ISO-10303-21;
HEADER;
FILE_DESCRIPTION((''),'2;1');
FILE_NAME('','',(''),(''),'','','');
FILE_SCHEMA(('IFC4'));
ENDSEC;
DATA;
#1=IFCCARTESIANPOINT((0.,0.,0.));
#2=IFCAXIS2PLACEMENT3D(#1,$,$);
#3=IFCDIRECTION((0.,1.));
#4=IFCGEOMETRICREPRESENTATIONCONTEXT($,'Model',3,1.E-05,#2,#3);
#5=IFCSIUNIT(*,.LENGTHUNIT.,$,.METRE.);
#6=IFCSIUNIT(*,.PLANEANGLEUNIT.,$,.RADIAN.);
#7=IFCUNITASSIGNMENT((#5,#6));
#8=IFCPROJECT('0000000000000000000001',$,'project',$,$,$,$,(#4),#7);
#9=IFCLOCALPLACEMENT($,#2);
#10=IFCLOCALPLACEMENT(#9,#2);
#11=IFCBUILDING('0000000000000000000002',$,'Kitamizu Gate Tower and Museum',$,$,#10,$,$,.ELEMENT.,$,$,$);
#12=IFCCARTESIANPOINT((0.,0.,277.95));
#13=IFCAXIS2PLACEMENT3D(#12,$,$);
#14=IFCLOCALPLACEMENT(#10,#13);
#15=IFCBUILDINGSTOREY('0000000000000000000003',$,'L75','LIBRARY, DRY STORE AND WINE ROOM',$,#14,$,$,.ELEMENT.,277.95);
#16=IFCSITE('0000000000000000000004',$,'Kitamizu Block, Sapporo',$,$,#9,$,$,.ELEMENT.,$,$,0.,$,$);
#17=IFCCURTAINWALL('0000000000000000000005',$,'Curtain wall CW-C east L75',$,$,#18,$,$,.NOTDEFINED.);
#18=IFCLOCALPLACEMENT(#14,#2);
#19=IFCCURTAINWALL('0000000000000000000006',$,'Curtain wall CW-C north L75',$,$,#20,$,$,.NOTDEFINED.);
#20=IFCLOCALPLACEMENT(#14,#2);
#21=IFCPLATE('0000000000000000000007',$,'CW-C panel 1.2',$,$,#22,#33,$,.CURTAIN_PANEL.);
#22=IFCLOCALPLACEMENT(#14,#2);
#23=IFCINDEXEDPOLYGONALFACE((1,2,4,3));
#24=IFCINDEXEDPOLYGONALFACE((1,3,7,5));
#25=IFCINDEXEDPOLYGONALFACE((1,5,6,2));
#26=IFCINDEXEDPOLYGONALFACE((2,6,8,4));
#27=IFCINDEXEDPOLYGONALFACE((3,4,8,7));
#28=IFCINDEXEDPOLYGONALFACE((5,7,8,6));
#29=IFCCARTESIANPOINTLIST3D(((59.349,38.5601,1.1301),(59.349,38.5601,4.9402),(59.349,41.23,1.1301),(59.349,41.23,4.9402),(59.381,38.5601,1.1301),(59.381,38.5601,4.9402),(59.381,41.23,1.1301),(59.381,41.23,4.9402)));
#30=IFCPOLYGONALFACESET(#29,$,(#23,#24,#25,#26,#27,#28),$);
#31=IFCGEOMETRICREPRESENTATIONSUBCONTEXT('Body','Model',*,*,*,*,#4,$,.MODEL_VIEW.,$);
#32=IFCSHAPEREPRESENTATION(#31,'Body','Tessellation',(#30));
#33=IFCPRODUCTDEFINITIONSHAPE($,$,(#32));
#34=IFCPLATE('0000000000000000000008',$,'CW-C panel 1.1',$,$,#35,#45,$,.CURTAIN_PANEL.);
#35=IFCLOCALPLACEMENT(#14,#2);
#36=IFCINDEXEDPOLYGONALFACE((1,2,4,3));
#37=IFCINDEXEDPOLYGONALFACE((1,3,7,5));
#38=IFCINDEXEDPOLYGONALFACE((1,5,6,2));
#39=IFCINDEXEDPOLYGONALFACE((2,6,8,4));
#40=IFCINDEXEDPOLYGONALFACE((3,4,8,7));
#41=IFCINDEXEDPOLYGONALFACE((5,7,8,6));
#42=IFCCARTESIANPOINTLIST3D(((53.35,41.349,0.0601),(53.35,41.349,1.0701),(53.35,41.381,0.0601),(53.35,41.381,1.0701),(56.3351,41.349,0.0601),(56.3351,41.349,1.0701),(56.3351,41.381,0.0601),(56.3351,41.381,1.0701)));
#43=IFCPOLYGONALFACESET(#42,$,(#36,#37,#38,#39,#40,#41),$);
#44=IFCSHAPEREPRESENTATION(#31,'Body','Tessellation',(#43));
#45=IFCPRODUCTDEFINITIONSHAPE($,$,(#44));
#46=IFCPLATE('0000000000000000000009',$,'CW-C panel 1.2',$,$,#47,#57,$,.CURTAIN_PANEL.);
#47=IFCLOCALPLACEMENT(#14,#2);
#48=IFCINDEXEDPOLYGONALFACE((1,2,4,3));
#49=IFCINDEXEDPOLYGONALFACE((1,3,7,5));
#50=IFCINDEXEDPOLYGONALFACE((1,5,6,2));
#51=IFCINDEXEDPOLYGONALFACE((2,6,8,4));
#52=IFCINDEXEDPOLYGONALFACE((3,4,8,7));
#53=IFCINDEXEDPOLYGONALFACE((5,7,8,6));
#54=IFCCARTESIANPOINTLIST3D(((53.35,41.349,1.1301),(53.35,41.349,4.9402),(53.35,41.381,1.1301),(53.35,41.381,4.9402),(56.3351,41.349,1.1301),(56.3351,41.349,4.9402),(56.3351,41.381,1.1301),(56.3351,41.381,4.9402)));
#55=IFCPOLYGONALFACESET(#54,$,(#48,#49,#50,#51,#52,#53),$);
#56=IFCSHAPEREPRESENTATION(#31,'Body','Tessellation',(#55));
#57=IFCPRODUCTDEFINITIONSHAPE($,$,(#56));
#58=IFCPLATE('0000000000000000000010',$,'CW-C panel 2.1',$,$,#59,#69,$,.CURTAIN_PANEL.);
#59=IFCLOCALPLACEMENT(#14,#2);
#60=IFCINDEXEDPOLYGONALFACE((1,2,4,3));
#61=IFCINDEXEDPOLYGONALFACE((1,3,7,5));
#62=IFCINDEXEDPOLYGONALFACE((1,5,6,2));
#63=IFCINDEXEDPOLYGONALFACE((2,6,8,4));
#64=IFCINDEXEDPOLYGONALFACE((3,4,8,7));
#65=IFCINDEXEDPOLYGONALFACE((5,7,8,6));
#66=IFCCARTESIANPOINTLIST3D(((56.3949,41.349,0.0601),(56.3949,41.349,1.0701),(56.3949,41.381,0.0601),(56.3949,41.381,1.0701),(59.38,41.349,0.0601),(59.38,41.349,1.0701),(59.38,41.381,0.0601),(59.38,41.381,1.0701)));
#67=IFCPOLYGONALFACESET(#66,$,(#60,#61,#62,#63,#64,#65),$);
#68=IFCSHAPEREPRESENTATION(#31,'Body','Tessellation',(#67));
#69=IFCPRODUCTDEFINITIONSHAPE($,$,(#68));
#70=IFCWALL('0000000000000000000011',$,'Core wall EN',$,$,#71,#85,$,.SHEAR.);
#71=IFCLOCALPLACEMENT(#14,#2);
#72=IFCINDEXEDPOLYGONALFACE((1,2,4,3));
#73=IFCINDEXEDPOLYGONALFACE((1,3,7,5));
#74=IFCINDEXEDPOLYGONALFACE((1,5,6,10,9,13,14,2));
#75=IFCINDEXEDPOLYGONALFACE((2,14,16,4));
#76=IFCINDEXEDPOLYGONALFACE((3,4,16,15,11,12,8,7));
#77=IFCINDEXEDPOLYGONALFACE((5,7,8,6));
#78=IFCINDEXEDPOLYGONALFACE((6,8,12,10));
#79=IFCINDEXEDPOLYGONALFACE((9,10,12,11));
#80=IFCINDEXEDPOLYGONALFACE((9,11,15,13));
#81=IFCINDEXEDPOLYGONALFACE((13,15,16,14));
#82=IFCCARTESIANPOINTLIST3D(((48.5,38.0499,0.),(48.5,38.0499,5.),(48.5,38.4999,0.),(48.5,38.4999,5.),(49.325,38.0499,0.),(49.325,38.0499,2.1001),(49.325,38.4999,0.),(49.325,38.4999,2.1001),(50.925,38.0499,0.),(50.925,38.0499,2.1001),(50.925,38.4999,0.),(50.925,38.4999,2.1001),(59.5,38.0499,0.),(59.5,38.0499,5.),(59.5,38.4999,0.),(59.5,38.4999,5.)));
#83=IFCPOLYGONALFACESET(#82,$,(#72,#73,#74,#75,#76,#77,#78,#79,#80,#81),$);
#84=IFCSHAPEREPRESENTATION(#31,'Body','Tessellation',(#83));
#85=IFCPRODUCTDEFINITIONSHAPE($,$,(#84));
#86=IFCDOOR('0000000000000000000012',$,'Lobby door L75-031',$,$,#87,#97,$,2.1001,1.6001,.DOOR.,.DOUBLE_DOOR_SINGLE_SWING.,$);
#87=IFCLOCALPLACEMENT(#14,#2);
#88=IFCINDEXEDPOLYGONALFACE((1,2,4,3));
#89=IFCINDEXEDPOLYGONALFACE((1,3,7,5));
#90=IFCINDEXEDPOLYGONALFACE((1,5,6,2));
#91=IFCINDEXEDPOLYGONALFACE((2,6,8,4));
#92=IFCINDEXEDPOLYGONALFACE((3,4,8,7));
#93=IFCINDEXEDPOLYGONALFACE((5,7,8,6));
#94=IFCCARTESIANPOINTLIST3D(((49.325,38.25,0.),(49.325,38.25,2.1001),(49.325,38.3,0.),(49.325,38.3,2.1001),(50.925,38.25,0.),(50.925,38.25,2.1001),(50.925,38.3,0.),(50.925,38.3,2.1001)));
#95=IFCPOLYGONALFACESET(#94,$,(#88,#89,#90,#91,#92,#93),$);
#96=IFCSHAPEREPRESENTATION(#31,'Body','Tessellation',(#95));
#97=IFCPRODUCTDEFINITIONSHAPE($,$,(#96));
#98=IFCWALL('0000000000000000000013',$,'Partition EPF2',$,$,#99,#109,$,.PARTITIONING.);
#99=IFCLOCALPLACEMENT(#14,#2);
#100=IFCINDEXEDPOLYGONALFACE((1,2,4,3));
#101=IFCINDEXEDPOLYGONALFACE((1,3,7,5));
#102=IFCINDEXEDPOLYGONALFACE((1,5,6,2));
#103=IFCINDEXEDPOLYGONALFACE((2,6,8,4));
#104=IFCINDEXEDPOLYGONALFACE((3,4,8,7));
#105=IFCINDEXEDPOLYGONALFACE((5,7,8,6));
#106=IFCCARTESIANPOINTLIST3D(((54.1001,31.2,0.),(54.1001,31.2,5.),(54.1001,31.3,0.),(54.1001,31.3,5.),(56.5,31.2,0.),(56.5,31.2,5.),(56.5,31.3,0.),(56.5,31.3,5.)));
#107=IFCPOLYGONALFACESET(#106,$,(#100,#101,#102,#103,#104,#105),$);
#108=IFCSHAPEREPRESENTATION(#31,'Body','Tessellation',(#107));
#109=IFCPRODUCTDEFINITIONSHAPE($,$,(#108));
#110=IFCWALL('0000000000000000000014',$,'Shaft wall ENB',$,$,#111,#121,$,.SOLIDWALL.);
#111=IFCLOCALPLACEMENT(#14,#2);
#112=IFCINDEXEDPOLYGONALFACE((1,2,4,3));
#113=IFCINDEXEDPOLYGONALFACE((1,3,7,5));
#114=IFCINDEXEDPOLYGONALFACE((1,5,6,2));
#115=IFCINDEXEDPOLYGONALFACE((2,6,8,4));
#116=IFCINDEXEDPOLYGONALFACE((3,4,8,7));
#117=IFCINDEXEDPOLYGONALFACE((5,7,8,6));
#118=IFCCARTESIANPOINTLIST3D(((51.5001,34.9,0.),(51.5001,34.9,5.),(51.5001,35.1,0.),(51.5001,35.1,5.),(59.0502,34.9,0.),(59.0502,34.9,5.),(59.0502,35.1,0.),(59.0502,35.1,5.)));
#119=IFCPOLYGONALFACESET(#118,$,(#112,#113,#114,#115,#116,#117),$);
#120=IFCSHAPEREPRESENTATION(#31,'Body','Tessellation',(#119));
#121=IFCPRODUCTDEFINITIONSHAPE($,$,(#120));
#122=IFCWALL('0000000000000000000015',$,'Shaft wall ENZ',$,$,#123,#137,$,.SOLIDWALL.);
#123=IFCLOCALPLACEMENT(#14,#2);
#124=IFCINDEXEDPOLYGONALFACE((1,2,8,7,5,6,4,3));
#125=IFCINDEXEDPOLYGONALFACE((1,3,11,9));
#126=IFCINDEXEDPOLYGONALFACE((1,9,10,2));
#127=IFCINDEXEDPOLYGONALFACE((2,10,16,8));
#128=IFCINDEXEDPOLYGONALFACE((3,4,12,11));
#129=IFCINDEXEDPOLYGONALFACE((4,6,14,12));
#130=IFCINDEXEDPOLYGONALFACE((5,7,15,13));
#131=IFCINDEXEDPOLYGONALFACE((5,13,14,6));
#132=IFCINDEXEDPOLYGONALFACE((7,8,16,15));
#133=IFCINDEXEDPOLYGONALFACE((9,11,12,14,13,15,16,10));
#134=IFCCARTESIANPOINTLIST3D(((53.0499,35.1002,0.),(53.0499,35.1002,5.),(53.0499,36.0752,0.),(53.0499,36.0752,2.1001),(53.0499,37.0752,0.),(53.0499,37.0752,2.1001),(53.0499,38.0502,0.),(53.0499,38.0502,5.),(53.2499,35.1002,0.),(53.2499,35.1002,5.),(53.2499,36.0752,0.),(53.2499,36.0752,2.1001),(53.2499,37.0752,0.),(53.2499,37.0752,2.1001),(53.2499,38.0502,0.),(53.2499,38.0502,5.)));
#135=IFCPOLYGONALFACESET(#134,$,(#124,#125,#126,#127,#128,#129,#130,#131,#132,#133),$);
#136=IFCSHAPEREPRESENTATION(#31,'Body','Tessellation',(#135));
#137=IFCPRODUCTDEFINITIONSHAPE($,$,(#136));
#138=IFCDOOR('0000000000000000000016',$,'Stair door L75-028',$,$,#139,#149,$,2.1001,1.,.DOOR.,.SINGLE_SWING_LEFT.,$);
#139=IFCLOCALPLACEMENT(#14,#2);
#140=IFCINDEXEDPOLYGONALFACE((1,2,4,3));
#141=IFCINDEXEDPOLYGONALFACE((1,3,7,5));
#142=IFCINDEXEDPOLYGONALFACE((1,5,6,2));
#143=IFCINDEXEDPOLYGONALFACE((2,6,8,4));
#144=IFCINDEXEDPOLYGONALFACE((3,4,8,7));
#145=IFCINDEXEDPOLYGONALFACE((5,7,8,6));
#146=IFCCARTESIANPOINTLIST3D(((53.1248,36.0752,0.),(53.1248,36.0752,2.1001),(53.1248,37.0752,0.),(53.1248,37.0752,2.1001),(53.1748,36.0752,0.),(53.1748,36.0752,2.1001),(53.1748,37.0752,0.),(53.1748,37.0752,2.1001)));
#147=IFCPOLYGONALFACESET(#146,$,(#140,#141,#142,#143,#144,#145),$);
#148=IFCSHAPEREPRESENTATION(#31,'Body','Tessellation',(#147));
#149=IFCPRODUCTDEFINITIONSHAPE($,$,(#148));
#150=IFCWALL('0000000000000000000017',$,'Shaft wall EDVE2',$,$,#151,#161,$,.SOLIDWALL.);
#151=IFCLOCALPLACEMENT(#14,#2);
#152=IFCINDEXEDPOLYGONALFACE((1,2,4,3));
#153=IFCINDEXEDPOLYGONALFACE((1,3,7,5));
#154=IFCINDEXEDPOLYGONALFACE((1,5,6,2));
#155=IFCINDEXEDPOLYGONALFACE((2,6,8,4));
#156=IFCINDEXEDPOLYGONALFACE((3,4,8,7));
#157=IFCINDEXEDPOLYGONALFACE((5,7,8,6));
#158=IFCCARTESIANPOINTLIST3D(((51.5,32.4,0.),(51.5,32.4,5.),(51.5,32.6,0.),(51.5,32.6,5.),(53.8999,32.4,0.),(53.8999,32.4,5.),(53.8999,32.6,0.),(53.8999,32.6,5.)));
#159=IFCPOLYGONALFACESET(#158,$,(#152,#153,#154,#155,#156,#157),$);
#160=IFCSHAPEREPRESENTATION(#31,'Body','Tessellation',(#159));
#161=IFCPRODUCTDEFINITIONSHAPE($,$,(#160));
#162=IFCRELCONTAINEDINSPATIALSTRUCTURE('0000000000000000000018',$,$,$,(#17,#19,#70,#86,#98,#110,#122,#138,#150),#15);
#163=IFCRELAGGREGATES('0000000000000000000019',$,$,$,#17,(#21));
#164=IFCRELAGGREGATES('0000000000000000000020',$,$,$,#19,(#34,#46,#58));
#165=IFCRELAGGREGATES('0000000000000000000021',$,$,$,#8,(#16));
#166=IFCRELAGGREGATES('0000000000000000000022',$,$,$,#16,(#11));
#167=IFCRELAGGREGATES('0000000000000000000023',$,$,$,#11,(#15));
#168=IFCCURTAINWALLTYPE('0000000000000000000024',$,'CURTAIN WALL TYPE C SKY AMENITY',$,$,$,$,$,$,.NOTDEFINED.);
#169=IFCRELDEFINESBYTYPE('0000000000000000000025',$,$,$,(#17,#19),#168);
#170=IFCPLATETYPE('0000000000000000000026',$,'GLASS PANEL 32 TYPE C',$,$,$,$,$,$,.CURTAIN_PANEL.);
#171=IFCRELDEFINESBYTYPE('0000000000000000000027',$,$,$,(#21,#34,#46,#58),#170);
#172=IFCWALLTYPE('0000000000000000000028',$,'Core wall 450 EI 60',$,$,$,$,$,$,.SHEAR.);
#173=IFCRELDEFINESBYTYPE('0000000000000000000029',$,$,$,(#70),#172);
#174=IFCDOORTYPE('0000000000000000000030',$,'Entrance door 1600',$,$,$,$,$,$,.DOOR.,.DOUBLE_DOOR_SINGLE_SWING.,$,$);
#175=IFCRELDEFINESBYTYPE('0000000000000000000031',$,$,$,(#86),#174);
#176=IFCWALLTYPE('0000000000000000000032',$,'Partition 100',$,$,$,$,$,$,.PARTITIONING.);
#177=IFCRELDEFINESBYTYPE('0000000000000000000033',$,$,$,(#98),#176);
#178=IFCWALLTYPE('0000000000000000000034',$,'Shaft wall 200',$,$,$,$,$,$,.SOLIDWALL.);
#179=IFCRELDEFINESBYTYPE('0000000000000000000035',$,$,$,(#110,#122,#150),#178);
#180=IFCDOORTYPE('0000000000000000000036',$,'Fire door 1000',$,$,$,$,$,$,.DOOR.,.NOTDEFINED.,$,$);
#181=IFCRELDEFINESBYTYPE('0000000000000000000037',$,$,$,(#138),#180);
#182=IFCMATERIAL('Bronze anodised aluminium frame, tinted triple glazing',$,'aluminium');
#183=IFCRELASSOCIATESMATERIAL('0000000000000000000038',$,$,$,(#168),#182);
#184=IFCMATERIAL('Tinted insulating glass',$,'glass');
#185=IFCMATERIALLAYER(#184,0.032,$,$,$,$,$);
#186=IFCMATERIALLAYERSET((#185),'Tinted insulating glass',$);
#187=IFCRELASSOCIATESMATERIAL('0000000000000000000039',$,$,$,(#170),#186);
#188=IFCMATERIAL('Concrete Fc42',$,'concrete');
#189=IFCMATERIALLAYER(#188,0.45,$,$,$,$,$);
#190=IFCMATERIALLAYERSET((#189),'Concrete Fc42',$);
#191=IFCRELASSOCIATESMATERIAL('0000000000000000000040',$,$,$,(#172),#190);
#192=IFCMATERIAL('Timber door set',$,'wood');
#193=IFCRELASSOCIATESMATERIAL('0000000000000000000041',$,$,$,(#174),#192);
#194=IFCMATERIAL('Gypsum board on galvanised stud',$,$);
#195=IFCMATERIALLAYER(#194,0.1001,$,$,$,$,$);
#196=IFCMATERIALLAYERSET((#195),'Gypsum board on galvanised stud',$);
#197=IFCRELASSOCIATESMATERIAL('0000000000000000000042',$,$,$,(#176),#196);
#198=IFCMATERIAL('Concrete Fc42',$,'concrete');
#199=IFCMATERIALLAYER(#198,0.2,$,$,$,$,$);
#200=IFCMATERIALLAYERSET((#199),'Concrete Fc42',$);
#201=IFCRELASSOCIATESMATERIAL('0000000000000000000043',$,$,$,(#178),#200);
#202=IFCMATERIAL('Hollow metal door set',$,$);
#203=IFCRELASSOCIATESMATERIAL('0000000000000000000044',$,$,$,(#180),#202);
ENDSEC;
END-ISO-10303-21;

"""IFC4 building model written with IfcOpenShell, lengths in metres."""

from ifc_helpers import new_model, si_unit, direction, frame, frame_2d, origin, origin_2d, place, context, subcontext, project, spatial, rectangle, extrude, material, layer, layer_set, type_object, element, fill, aggregate, save


model = new_model("IFC4")

# Units and contexts
model_context = context("Model", 3, precision=1e-05, world=origin(), true_north=direction((0.0, 1.0)))
body_context = subcontext(model_context, "Body", "Model", "MODEL_VIEW")
ifc_project = project(units=[si_unit("LENGTHUNIT", "METRE"), si_unit("PLANEANGLEUNIT", "RADIAN")], contexts=[model_context])

# Site, building, storey
site_placement = place(None, origin())
site = spatial("IfcSite", under=ifc_project, at=site_placement, Name="Kitamizu Block, Sapporo", CompositionType="ELEMENT", RefElevation=0.0)
building_placement = place(site_placement, origin())
building = spatial("IfcBuilding", under=site, at=building_placement, Name="Kitamizu Gate Tower and Museum", CompositionType="ELEMENT")
storey_placement = place(building_placement, frame((0.0, 0.0, 277.95)))
storey = spatial("IfcBuildingStorey", under=building, at=storey_placement, Name="L75", Description="LIBRARY, DRY STORE AND WINE ROOM", CompositionType="ELEMENT", Elevation=277.95)

# Curtain walls
ifc_material_1 = material(Name="Bronze anodised aluminium frame, tinted triple glazing", Category="aluminium")
curtain_wall_type = type_object("IfcCurtainWallType", Name="CURTAIN WALL TYPE C SKY AMENITY", PredefinedType="NOTDEFINED", material=ifc_material_1)
curtain_wall_1_placement = place(storey_placement, origin())
curtain_wall_1 = element("IfcCurtainWall", 1, at=curtain_wall_1_placement, inside=storey, type_object=curtain_wall_type, Name="Curtain wall CW-C east L75", PredefinedType="NOTDEFINED")
curtain_wall_2_placement = place(storey_placement, origin())
curtain_wall_2 = element("IfcCurtainWall", 2, at=curtain_wall_2_placement, inside=storey, type_object=curtain_wall_type, Name="Curtain wall CW-C north L75", PredefinedType="NOTDEFINED")

# Plates
ifc_material_2 = material(Name="Tinted insulating glass", Category="glass")
ifc_layer_1 = layer(ifc_material_2, 0.032)
ifc_layer_set_1 = layer_set([ifc_layer_1], Name="Tinted insulating glass")
plate_type = type_object("IfcPlateType", Name="GLASS PANEL 32 TYPE C", PredefinedType="CURTAIN_PANEL", material=ifc_layer_set_1)
plate_1_placement = place(storey_placement, frame((59.365, 39.895, 1.1301), z_axis=(0.0, 0.0, 1.0), x_axis=(0.0, 1.0, 0.0)))
plate_1 = element("IfcPlate", 3, at=plate_1_placement, type_object=plate_type, Name="CW-C panel 1.2", PredefinedType="CURTAIN_PANEL", context=body_context, shape_type="SweptSolid", body=[
    extrude(rectangle(XDim=2.6699, YDim=0.032, at=origin_2d()), origin(), (0.0, 0.0, 1.0), 3.8101),
])
aggregate(curtain_wall_1, [plate_1])
plate_2_placement = place(storey_placement, frame((54.8425, 41.365, 0.0601), z_axis=(0.0, 0.0, 1.0), x_axis=(1.0, 0.0, 0.0)))
plate_2 = element("IfcPlate", 4, at=plate_2_placement, type_object=plate_type, Name="CW-C panel 1.1", PredefinedType="CURTAIN_PANEL", context=body_context, shape_type="SweptSolid", body=[
    extrude(rectangle(XDim=2.9851, YDim=0.032, at=origin_2d()), origin(), (0.0, 0.0, 1.0), 1.01),
])
plate_3_placement = place(storey_placement, frame((54.8425, 41.365, 1.1301), z_axis=(0.0, 0.0, 1.0), x_axis=(1.0, 0.0, 0.0)))
plate_3 = element("IfcPlate", 5, at=plate_3_placement, type_object=plate_type, Name="CW-C panel 1.2", PredefinedType="CURTAIN_PANEL", context=body_context, shape_type="SweptSolid", body=[
    extrude(rectangle(XDim=2.9851, YDim=0.032, at=origin_2d()), origin(), (0.0, 0.0, 1.0), 3.8101),
])
plate_4_placement = place(storey_placement, frame((57.8875, 41.365, 0.0601), z_axis=(0.0, 0.0, 1.0), x_axis=(1.0, 0.0, 0.0)))
plate_4 = element("IfcPlate", 6, at=plate_4_placement, type_object=plate_type, Name="CW-C panel 2.1", PredefinedType="CURTAIN_PANEL", context=body_context, shape_type="SweptSolid", body=[
    extrude(rectangle(XDim=2.9851, YDim=0.032, at=origin_2d()), origin(), (0.0, 0.0, 1.0), 1.01),
])
aggregate(curtain_wall_2, [plate_2, plate_3, plate_4])

# Wall, opening, door
ifc_material_3 = material(Name="Concrete Fc42", Category="concrete")
ifc_layer_2 = layer(ifc_material_3, 0.45)
ifc_layer_set_2 = layer_set([ifc_layer_2], Name="Concrete Fc42")
wall_type_1 = type_object("IfcWallType", Name="Core wall 450 EI 60", PredefinedType="SHEAR", material=ifc_layer_set_2)
wall_1_placement = place(storey_placement, frame((59.5, 38.2749, 0.0), z_axis=(0.0, 0.0, 1.0), x_axis=(-1.0, 0.0, 0.0)))
wall_1 = element("IfcWall", 7, at=wall_1_placement, inside=storey, type_object=wall_type_1, Name="Core wall EN", PredefinedType="SHEAR", context=body_context, shape_type="SweptSolid", body=[
    extrude(rectangle(XDim=11.0, YDim=0.45, at=frame_2d((5.5, 0.0))), origin(), (0.0, 0.0, 1.0), 5.0),
])
opening_1_placement = place(wall_1_placement, frame((8.575, 0.0, 0.0)))
opening_1 = element("IfcOpeningElement", 8, at=opening_1_placement, cuts=wall_1, PredefinedType="OPENING", context=body_context, shape_type="SweptSolid", body=[
    extrude(rectangle(XDim=1.6001, YDim=2.1001, at=frame_2d((0.8, 1.05))), frame((0.0, 0.2349, 0.0), z_axis=(0.0, -1.0, 0.0), x_axis=(1.0, 0.0, 0.0)), (0.0, 0.0, 1.0), 0.47),
])
ifc_material_4 = material(Name="Timber door set", Category="wood")
door_type_1 = type_object("IfcDoorType", Name="Entrance door 1600", OperationType="DOUBLE_DOOR_SINGLE_SWING", PredefinedType="DOOR", material=ifc_material_4)
door_1_placement = place(opening_1_placement, origin())
door_1 = element("IfcDoor", 9, at=door_1_placement, inside=storey, type_object=door_type_1, Name="Lobby door L75-031", OperationType="DOUBLE_DOOR_SINGLE_SWING", OverallHeight=2.1001, OverallWidth=1.6001, PredefinedType="DOOR", context=body_context, shape_type="SweptSolid", body=[
    extrude(rectangle(XDim=1.6001, YDim=2.1001, at=frame_2d((0.8, 1.05))), frame((0.0, 0.0249, 0.0), z_axis=(0.0, -1.0, 0.0), x_axis=(1.0, 0.0, 0.0)), (0.0, 0.0, 1.0), 0.05),
])
fill(opening_1, door_1)

# Walls
ifc_material_5 = material(Name="Gypsum board on galvanised stud")
ifc_layer_3 = layer(ifc_material_5, 0.1001)
ifc_layer_set_3 = layer_set([ifc_layer_3], Name="Gypsum board on galvanised stud")
wall_type_2 = type_object("IfcWallType", Name="Partition 100", PredefinedType="PARTITIONING", material=ifc_layer_set_3)
wall_2_placement = place(storey_placement, frame((56.5, 31.25, 0.0), z_axis=(0.0, 0.0, 1.0), x_axis=(-1.0, 0.0, 0.0)))
element("IfcWall", 10, at=wall_2_placement, inside=storey, type_object=wall_type_2, Name="Partition EPF2", PredefinedType="PARTITIONING", context=body_context, shape_type="SweptSolid", body=[
    extrude(rectangle(XDim=2.3999, YDim=0.1001, at=frame_2d((1.2, 0.0))), origin(), (0.0, 0.0, 1.0), 5.0),
])
ifc_material_6 = material(Name="Concrete Fc42", Category="concrete")
ifc_layer_4 = layer(ifc_material_6, 0.2)
ifc_layer_set_4 = layer_set([ifc_layer_4], Name="Concrete Fc42")
wall_type_3 = type_object("IfcWallType", Name="Shaft wall 200", PredefinedType="SOLIDWALL", material=ifc_layer_set_4)
wall_3_placement = place(storey_placement, frame((59.05, 35.0, 0.0), z_axis=(0.0, 0.0, 1.0), x_axis=(-1.0, 0.0, 0.0)))
element("IfcWall", 11, at=wall_3_placement, inside=storey, type_object=wall_type_3, Name="Shaft wall ENB", PredefinedType="SOLIDWALL", context=body_context, shape_type="SweptSolid", body=[
    extrude(rectangle(XDim=7.55, YDim=0.2, at=frame_2d((3.7749, 0.0))), origin(), (0.0, 0.0, 1.0), 5.0),
])

# Wall, opening, door
wall_4_placement = place(storey_placement, frame((53.1499, 35.1001, 0.0), z_axis=(0.0, 0.0, 1.0), x_axis=(0.0, 1.0, 0.0)))
wall_4 = element("IfcWall", 12, at=wall_4_placement, inside=storey, type_object=wall_type_3, Name="Shaft wall ENZ", PredefinedType="SOLIDWALL", context=body_context, shape_type="SweptSolid", body=[
    extrude(rectangle(XDim=2.95, YDim=0.2, at=frame_2d((1.4751, 0.0))), origin(), (0.0, 0.0, 1.0), 5.0),
])
opening_2_placement = place(wall_4_placement, frame((0.9751, 0.0, 0.0)))
opening_2 = element("IfcOpeningElement", 13, at=opening_2_placement, cuts=wall_4, PredefinedType="OPENING", context=body_context, shape_type="SweptSolid", body=[
    extrude(rectangle(XDim=1.0, YDim=2.1001, at=frame_2d((0.5, 1.05))), frame((0.0, 0.1099, 0.0), z_axis=(0.0, -1.0, 0.0), x_axis=(1.0, 0.0, 0.0)), (0.0, 0.0, 1.0), 0.22),
])
ifc_material_7 = material(Name="Hollow metal door set")
door_type_2 = type_object("IfcDoorType", Name="Fire door 1000", OperationType="NOTDEFINED", PredefinedType="DOOR", material=ifc_material_7)
door_2_placement = place(opening_2_placement, frame((1.0, 0.0, 0.0), x_axis=(-1.0, 0.0, 0.0)))
door_2 = element("IfcDoor", 14, at=door_2_placement, inside=storey, type_object=door_type_2, Name="Stair door L75-028", OperationType="SINGLE_SWING_LEFT", OverallHeight=2.1001, OverallWidth=1.0, PredefinedType="DOOR", context=body_context, shape_type="SweptSolid", body=[
    extrude(rectangle(XDim=1.0, YDim=2.1001, at=frame_2d((0.5, 1.05))), frame((0.0, 0.0249, 0.0), z_axis=(0.0, -1.0, 0.0), x_axis=(1.0, 0.0, 0.0)), (0.0, 0.0, 1.0), 0.05),
])
fill(opening_2, door_2)

# Wall
wall_5_placement = place(storey_placement, frame((53.8999, 32.5, 0.0), z_axis=(0.0, 0.0, 1.0), x_axis=(-1.0, 0.0, 0.0)))
element("IfcWall", 15, at=wall_5_placement, inside=storey, type_object=wall_type_3, Name="Shaft wall EDVE2", PredefinedType="SOLIDWALL", context=body_context, shape_type="SweptSolid", body=[
    extrude(rectangle(XDim=2.3999, YDim=0.2, at=frame_2d((1.2, 0.0))), origin(), (0.0, 0.0, 1.0), 5.0),
])

save(model, "model.ifc")
